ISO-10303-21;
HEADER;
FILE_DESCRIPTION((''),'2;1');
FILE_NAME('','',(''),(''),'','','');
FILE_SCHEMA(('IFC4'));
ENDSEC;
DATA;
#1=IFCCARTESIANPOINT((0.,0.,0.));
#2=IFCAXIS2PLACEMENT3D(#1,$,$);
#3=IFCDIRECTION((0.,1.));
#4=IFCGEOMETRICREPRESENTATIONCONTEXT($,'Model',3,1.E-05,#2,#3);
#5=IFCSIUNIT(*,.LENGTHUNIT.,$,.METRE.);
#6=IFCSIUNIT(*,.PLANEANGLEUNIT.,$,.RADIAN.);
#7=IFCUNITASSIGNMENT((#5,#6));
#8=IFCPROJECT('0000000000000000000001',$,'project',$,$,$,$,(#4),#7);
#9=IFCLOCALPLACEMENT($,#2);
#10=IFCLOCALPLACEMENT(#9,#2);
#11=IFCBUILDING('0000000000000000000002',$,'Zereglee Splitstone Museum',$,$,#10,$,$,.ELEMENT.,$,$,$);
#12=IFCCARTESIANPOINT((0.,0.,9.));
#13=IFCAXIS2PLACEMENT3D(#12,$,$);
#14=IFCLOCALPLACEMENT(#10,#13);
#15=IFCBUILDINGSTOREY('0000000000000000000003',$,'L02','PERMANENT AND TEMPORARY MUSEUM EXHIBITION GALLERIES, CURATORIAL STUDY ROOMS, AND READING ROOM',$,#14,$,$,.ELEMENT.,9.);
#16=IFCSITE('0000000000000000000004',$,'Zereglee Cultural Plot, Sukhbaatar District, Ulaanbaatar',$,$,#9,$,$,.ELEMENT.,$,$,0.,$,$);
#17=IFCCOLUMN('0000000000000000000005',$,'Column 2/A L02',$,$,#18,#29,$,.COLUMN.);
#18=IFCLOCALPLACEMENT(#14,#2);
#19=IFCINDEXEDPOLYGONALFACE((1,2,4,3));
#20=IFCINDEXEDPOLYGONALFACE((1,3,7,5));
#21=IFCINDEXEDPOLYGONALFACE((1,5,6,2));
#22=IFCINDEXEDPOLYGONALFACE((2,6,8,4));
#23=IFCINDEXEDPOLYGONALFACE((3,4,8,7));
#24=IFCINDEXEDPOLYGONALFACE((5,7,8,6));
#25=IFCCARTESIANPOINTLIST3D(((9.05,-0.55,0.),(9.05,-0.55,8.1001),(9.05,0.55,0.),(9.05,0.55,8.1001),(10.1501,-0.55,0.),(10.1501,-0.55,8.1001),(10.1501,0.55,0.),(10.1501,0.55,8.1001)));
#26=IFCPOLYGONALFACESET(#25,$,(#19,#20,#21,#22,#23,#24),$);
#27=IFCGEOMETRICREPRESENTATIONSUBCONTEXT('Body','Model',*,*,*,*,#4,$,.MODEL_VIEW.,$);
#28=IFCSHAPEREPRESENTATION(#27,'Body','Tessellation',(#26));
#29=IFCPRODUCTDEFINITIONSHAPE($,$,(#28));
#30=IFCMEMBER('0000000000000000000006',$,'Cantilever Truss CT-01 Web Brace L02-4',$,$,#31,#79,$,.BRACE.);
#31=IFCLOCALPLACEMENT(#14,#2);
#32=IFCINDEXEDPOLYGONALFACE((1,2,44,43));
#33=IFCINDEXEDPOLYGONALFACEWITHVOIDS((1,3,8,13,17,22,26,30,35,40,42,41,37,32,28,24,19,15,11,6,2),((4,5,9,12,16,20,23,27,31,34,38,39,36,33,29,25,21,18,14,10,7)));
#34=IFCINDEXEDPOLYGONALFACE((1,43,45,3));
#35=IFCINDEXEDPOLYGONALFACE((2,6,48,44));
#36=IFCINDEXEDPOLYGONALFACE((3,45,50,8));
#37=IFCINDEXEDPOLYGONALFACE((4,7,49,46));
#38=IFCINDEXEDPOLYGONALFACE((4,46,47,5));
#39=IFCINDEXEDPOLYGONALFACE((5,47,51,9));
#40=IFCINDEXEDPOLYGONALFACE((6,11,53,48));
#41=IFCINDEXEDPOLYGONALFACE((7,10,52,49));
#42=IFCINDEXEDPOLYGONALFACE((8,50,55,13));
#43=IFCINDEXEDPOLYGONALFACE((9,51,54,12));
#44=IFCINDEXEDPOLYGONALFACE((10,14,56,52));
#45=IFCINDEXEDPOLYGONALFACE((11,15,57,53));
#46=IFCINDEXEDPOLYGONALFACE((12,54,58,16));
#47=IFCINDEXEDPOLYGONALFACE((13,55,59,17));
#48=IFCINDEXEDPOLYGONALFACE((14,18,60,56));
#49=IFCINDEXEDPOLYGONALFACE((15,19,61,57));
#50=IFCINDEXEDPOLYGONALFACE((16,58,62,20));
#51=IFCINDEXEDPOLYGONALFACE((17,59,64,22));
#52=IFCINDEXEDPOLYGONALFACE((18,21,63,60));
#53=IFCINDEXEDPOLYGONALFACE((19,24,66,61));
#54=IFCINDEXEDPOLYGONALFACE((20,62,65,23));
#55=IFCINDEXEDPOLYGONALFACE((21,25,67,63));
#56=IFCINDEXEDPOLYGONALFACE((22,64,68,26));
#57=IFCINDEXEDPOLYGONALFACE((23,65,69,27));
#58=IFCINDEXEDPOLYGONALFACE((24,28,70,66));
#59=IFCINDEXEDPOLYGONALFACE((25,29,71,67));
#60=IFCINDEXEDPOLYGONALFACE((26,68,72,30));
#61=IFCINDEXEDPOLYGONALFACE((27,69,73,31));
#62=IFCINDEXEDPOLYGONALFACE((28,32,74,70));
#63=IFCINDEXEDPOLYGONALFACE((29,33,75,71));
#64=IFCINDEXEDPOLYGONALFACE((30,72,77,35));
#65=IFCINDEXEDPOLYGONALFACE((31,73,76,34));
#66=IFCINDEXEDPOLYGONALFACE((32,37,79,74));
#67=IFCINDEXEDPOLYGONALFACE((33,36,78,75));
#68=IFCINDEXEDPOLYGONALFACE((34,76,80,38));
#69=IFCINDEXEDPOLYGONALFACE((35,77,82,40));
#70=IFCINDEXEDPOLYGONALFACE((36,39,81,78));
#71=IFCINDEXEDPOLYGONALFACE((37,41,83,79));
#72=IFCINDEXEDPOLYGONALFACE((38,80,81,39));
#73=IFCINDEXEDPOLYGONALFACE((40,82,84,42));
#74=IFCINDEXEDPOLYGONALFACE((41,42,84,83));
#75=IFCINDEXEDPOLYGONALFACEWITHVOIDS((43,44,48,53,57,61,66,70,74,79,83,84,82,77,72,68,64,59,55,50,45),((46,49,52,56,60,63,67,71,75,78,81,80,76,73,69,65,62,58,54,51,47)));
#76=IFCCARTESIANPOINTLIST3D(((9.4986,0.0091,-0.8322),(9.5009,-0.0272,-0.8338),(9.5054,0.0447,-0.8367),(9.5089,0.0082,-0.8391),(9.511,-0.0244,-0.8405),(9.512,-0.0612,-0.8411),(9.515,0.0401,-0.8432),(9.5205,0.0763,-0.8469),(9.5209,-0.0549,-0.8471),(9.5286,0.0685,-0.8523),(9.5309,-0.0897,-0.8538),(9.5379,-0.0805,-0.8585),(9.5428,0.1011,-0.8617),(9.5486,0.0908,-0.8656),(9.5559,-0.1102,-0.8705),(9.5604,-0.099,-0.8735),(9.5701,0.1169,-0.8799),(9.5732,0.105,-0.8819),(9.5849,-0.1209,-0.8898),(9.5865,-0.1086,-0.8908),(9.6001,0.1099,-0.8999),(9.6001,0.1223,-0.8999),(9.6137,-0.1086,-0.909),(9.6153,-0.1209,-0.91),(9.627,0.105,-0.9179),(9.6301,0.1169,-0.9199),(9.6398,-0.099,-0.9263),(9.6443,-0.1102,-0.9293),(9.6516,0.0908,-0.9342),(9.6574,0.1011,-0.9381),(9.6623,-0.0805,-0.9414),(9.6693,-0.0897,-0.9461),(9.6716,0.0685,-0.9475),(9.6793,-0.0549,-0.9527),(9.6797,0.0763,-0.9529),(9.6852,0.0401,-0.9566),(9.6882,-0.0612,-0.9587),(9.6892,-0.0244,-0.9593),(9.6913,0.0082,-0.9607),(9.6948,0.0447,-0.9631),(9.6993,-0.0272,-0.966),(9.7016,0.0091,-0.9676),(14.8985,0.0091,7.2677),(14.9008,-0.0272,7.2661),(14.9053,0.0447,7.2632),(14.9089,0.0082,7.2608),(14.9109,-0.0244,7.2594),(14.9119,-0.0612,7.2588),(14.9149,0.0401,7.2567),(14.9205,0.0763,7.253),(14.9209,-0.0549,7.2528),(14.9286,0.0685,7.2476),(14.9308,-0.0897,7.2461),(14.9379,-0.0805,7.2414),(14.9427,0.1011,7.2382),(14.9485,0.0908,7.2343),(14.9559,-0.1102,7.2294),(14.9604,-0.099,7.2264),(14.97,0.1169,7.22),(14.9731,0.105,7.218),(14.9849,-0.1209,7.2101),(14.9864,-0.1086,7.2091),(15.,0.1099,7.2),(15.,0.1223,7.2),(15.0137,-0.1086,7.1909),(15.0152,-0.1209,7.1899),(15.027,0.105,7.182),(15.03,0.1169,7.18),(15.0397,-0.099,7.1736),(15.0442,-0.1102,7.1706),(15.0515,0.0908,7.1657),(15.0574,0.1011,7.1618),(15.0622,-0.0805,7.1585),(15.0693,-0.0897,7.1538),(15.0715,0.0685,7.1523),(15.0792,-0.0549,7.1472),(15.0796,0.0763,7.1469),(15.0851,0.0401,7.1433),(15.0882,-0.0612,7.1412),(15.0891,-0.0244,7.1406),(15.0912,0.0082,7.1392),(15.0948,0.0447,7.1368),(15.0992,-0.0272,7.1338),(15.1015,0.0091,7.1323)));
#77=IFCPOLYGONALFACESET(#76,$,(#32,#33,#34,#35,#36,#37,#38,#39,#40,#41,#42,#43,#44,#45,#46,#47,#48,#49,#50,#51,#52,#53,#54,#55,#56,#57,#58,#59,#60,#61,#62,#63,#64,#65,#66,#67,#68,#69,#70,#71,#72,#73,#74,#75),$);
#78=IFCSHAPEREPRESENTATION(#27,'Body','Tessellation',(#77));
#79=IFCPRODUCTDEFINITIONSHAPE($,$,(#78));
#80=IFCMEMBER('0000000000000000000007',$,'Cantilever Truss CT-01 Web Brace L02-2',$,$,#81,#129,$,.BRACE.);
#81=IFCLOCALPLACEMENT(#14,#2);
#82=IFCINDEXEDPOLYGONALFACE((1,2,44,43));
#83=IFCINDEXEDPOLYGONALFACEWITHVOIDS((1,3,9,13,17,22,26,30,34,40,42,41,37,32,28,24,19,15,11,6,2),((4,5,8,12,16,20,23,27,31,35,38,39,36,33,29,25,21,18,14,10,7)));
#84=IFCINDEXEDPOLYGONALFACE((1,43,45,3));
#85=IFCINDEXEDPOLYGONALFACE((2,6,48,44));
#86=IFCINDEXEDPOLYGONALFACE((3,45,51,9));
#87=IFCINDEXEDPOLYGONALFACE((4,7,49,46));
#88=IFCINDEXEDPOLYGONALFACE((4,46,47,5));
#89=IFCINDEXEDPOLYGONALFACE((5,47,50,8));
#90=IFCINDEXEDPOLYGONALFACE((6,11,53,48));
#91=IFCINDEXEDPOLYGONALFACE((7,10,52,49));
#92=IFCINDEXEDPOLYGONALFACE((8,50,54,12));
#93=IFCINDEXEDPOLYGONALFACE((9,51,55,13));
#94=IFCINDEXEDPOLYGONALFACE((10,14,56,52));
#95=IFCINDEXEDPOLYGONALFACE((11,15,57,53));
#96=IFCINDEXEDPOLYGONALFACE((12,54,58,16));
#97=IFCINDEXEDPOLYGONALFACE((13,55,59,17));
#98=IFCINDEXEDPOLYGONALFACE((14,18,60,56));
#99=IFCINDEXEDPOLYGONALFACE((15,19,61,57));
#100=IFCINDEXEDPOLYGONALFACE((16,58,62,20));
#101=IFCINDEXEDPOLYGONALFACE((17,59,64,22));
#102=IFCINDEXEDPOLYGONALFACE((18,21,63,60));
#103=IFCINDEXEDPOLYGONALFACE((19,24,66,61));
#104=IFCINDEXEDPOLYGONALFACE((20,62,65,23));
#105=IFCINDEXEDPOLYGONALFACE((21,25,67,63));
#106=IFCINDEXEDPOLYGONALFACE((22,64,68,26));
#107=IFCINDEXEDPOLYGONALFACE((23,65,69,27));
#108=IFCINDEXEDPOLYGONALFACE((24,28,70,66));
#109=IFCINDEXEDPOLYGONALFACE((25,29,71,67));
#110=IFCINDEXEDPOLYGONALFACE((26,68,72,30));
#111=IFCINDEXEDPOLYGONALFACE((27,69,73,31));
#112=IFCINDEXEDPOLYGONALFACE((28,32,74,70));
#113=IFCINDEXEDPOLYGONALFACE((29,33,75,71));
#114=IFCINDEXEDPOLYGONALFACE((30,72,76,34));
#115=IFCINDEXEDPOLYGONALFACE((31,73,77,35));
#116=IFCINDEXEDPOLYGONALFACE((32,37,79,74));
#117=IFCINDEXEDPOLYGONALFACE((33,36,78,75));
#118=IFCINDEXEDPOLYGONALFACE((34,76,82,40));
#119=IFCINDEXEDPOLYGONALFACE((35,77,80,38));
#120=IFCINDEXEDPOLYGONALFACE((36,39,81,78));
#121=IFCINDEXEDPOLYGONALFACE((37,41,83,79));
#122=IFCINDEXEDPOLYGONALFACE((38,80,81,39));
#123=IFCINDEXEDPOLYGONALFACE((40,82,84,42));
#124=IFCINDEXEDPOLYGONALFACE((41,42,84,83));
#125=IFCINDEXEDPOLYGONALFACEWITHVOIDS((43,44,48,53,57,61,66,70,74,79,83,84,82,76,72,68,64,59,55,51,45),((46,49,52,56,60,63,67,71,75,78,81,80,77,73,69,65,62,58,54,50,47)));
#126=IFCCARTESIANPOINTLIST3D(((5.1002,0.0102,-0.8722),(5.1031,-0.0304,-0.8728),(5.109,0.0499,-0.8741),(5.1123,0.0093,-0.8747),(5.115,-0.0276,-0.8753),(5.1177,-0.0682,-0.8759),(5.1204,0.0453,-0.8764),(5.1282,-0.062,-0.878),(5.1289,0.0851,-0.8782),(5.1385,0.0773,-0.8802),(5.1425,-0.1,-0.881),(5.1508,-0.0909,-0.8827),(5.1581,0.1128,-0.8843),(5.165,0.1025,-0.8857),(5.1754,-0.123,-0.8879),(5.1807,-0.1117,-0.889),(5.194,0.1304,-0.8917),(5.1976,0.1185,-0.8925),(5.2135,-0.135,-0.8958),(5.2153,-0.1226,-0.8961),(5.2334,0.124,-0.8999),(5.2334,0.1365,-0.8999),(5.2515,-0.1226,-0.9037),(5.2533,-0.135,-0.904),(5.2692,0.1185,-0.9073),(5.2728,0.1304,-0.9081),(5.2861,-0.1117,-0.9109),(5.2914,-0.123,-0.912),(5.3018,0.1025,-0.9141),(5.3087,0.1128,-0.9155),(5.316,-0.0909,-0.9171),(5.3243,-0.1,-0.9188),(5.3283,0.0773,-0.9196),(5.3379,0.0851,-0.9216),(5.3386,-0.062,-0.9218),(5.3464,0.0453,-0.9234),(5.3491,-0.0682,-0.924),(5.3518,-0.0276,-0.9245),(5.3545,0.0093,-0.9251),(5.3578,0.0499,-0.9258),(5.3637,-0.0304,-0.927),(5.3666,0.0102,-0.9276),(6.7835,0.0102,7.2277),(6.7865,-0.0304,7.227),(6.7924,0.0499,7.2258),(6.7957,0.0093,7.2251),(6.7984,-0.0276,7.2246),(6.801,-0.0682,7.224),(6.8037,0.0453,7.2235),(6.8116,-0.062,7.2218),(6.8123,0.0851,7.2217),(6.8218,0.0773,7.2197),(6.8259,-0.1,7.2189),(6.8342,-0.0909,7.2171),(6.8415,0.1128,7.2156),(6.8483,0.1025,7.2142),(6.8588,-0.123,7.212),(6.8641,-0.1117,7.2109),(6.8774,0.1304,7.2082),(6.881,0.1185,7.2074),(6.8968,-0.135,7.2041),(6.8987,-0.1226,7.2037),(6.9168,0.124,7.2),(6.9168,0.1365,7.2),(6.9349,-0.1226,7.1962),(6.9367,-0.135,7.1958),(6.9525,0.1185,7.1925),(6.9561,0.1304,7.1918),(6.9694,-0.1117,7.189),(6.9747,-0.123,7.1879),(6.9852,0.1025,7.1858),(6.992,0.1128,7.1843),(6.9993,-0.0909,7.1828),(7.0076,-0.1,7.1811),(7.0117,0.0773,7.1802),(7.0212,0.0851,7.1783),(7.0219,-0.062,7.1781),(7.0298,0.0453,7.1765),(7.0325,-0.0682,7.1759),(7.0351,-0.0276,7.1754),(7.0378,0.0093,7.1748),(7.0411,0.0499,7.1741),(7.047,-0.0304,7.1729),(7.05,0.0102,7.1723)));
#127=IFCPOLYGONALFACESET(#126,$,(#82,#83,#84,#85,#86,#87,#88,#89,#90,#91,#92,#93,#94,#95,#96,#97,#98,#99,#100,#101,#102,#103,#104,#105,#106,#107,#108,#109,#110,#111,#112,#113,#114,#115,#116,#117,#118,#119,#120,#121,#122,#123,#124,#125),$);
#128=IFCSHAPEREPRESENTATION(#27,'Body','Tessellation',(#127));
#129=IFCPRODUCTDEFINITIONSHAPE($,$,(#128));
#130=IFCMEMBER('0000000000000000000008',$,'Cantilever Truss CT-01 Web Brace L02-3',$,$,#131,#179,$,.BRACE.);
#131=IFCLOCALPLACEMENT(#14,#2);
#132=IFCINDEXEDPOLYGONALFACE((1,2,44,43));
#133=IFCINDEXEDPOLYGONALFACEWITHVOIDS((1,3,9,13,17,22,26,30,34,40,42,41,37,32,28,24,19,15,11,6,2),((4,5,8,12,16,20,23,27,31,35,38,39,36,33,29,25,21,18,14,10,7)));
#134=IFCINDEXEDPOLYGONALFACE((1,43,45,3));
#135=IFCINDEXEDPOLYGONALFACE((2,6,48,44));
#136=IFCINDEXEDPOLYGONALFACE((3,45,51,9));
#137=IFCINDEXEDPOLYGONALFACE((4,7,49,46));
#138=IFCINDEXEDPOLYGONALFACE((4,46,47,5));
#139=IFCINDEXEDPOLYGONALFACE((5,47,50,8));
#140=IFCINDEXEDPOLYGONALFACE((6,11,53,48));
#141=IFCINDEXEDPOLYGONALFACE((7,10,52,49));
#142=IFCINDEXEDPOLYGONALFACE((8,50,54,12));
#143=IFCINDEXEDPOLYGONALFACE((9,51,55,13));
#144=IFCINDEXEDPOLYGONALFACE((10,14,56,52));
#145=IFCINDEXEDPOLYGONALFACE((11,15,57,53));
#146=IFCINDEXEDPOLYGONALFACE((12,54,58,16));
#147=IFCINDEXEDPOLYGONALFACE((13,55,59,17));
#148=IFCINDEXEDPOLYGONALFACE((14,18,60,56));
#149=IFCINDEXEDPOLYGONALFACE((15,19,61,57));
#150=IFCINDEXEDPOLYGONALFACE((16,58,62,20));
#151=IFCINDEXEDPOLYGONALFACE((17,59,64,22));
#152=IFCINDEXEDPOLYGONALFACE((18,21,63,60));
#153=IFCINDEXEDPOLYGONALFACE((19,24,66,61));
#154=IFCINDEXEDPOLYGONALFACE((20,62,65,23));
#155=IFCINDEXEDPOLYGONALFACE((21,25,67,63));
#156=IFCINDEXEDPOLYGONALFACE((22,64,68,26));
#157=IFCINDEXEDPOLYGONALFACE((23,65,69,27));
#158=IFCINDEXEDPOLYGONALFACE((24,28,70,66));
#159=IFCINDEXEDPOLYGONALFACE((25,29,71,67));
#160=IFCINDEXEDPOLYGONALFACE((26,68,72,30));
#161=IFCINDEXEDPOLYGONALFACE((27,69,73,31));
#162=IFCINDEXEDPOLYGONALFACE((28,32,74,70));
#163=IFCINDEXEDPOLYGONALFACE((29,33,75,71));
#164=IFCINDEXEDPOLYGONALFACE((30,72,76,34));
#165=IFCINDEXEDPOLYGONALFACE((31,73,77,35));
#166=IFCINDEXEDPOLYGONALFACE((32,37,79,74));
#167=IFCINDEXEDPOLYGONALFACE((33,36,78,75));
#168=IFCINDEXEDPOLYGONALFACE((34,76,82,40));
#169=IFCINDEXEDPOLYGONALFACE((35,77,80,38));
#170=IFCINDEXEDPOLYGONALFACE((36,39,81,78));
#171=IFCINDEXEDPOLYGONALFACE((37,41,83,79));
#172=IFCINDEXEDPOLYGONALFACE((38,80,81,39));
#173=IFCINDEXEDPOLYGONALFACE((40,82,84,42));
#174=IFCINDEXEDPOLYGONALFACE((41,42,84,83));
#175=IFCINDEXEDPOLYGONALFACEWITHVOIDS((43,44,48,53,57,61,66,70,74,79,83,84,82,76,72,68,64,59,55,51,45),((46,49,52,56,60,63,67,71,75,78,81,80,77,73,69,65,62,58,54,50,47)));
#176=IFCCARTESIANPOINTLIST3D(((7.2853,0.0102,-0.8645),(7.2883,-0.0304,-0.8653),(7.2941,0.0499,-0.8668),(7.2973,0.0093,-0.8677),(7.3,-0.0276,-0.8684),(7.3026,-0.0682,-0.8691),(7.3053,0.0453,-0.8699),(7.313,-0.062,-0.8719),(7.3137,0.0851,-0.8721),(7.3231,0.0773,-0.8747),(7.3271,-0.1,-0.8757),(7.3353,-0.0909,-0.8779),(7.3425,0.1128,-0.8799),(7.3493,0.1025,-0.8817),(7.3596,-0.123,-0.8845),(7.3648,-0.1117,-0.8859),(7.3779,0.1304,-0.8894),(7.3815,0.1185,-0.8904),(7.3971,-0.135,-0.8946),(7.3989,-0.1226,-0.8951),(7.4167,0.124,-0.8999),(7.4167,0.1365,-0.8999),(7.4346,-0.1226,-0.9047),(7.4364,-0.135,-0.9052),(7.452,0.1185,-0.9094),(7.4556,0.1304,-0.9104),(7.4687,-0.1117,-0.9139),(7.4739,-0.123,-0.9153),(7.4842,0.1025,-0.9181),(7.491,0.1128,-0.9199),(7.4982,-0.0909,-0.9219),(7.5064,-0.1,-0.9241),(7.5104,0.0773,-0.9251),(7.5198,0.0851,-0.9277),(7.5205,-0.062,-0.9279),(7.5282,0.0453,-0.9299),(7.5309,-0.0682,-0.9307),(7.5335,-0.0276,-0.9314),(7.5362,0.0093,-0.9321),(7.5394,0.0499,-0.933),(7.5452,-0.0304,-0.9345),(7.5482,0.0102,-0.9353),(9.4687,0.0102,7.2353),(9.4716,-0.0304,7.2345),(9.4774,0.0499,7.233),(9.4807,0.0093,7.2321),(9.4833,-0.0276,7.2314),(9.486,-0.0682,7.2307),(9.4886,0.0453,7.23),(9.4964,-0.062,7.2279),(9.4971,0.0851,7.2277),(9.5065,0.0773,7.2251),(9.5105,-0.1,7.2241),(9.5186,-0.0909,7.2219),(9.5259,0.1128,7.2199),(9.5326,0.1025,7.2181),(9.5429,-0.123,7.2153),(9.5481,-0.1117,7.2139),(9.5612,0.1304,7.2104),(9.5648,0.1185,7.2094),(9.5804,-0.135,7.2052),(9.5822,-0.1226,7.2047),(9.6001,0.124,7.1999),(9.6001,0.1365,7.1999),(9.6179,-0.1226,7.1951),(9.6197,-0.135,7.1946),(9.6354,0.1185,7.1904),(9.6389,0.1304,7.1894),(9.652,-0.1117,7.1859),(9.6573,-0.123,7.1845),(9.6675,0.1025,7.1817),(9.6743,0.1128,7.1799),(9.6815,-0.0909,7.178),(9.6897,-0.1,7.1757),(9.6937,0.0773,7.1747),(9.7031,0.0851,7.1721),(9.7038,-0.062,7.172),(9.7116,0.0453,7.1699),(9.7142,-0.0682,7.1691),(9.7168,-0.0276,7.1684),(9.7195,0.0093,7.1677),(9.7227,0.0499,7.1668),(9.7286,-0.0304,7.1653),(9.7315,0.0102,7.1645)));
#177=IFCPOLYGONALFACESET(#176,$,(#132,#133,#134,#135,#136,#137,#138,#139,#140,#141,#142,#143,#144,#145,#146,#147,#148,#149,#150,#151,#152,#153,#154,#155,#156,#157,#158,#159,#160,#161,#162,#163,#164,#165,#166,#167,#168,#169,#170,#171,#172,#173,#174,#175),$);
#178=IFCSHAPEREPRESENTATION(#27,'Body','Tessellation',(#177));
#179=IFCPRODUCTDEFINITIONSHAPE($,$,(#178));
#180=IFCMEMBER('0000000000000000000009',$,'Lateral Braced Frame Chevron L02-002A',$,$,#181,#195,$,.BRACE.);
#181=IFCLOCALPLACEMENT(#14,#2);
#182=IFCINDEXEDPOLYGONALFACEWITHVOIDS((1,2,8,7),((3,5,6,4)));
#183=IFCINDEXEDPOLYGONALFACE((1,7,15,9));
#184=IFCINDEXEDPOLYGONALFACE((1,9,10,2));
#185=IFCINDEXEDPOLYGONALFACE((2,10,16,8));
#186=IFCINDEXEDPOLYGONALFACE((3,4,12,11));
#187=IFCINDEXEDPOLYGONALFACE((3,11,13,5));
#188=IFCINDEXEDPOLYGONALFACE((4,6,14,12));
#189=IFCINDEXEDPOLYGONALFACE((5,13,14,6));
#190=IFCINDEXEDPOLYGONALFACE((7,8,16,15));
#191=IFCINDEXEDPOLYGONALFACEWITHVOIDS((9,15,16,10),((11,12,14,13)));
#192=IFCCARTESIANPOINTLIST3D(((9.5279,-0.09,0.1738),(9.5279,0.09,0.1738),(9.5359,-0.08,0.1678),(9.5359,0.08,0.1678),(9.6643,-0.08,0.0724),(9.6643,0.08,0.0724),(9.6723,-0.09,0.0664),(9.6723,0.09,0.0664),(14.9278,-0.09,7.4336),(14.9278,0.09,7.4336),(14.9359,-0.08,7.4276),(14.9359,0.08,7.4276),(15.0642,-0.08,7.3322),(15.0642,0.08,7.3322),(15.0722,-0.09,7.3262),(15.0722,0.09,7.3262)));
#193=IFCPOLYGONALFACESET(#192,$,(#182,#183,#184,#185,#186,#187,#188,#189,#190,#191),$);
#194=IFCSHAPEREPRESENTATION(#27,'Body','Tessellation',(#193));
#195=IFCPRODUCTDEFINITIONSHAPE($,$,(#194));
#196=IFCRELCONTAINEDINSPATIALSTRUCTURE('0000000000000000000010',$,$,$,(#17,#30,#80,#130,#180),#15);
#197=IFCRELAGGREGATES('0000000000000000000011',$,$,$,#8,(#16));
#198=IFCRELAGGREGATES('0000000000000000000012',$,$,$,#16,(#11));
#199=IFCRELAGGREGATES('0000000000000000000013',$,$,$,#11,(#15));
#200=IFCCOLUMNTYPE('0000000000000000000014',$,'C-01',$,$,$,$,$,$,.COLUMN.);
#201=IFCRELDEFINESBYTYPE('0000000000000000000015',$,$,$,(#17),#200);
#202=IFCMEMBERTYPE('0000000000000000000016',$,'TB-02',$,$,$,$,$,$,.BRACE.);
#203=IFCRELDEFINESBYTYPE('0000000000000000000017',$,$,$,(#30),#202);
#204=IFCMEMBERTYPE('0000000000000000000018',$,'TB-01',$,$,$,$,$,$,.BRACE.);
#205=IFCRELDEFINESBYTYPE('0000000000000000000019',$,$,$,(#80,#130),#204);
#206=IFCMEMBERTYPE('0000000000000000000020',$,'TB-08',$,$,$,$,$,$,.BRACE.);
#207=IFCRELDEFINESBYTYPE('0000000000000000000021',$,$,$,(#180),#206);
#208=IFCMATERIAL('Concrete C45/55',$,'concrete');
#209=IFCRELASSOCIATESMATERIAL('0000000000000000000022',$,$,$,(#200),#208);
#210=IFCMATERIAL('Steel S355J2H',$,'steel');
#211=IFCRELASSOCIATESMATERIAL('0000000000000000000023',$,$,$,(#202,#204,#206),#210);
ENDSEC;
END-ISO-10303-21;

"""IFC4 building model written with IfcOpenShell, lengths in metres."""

from ifc_helpers import new_model, si_unit, direction, frame, origin, origin_2d, place, context, subcontext, project, spatial, rectangle, hollow_rectangle, hollow_circle, extrude, material, material_profile, profile_set, type_object, element, save


model = new_model("IFC4")

# Units and contexts
model_context = context("Model", 3, precision=1e-05, world=origin(), true_north=direction((0.0, 1.0)))
body_context = subcontext(model_context, "Body", "Model", "MODEL_VIEW")
ifc_project = project(units=[si_unit("LENGTHUNIT", "METRE"), si_unit("PLANEANGLEUNIT", "RADIAN")], contexts=[model_context])

# Site, building, storey
site_placement = place(None, origin())
site = spatial("IfcSite", under=ifc_project, at=site_placement, Name="Zereglee Cultural Plot, Sukhbaatar District, Ulaanbaatar", CompositionType="ELEMENT", RefElevation=0.0)
building_placement = place(site_placement, origin())
building = spatial("IfcBuilding", under=site, at=building_placement, Name="Zereglee Splitstone Museum", CompositionType="ELEMENT")
storey_placement = place(building_placement, frame((0.0, 0.0, 9.0)))
storey = spatial("IfcBuildingStorey", under=building, at=storey_placement, Name="L02", Description="PERMANENT AND TEMPORARY MUSEUM EXHIBITION GALLERIES, CURATORIAL STUDY ROOMS, AND READING ROOM", CompositionType="ELEMENT", Elevation=9.0)

# Column
ifc_material_1 = material(Name="Concrete C45/55", Category="concrete")
ifc_material_profile_1 = material_profile(ifc_material_1, rectangle(XDim=1.1001, YDim=1.1001, at=origin_2d()), Name="RC 1100x1100")
ifc_profile_set_1 = profile_set([ifc_material_profile_1], Name="Concrete C45/55")
column_type = type_object("IfcColumnType", Name="C-01", PredefinedType="COLUMN", material=ifc_profile_set_1)
column_placement = place(storey_placement, frame((9.6001, 0.0, 0.0), z_axis=(0.0, 0.0, 1.0), x_axis=(1.0, 0.0, 0.0)))
element("IfcColumn", 1, at=column_placement, inside=storey, type_object=column_type, Name="Column 2/A L02", PredefinedType="COLUMN", context=body_context, shape_type="SweptSolid", body=[
    extrude(rectangle(XDim=1.1001, YDim=1.1001, at=origin_2d()), origin(), (0.0, 0.0, 1.0), 8.1001),
])

# Members
ifc_material_2 = material(Name="Steel S355J2H", Category="steel")
ifc_material_profile_2 = material_profile(ifc_material_2, hollow_circle(Radius=0.1223, WallThickness=0.0125, at=origin_2d()), Name="CHS 244.5x12.5")
ifc_profile_set_2 = profile_set([ifc_material_profile_2], Name="Steel S355J2H")
member_type_1 = type_object("IfcMemberType", Name="TB-02", PredefinedType="BRACE", material=ifc_profile_set_2)
member_1_placement = place(storey_placement, frame((9.6001, 0.0, -0.8999), z_axis=(0.5547, 0.0, 0.83205), x_axis=(0.0, 1.0, 0.0)))
element("IfcMember", 2, at=member_1_placement, inside=storey, type_object=member_type_1, Name="Cantilever Truss CT-01 Web Brace L02-4", PredefinedType="BRACE", context=body_context, shape_type="SweptSolid", body=[
    extrude(hollow_circle(Radius=0.1223, WallThickness=0.0125, at=origin_2d()), origin(), (0.0, 0.0, 1.0), 9.7349),
])
ifc_material_profile_3 = material_profile(ifc_material_2, hollow_circle(Radius=0.1365, WallThickness=0.0125, at=origin_2d()), Name="CHS 273.0x12.5")
ifc_profile_set_3 = profile_set([ifc_material_profile_3], Name="Steel S355J2H")
member_type_2 = type_object("IfcMemberType", Name="TB-01", PredefinedType="BRACE", material=ifc_profile_set_3)
member_2_placement = place(storey_placement, frame((5.2334, 0.0, -0.8999), z_axis=(0.203477, 0.0, 0.97908), x_axis=(0.0, 1.0, 0.0)))
element("IfcMember", 3, at=member_2_placement, inside=storey, type_object=member_type_2, Name="Cantilever Truss CT-01 Web Brace L02-2", PredefinedType="BRACE", context=body_context, shape_type="SweptSolid", body=[
    extrude(hollow_circle(Radius=0.1365, WallThickness=0.0125, at=origin_2d()), origin(), (0.0, 0.0, 1.0), 8.2729),
])
member_3_placement = place(storey_placement, frame((7.4167, 0.0, -0.8999), z_axis=(0.260265, 0.0, 0.965537), x_axis=(0.0, 1.0, 0.0)))
element("IfcMember", 4, at=member_3_placement, inside=storey, type_object=member_type_2, Name="Cantilever Truss CT-01 Web Brace L02-3", PredefinedType="BRACE", context=body_context, shape_type="SweptSolid", body=[
    extrude(hollow_circle(Radius=0.1365, WallThickness=0.0125, at=origin_2d()), origin(), (0.0, 0.0, 1.0), 8.3889),
])
ifc_material_profile_4 = material_profile(ifc_material_2, hollow_rectangle(XDim=0.1799, YDim=0.1799, WallThickness=0.01, at=origin_2d()), Name="SHS 180x180x10")
ifc_profile_set_4 = profile_set([ifc_material_profile_4], Name="Steel S355J2H")
member_type_3 = type_object("IfcMemberType", Name="TB-08", PredefinedType="BRACE", material=ifc_profile_set_4)
member_4_placement = place(storey_placement, frame((9.6001, 0.0, 0.1201), z_axis=(0.596818, 0.0, 0.802377), x_axis=(0.0, 1.0, 0.0)))
element("IfcMember", 5, at=member_4_placement, inside=storey, type_object=member_type_3, Name="Lateral Braced Frame Chevron L02-002A", PredefinedType="BRACE", context=body_context, shape_type="SweptSolid", body=[
    extrude(hollow_rectangle(XDim=0.1799, YDim=0.1799, WallThickness=0.01, at=origin_2d()), origin(), (0.0, 0.0, 1.0), 9.0479),
])

save(model, "model.ifc")
